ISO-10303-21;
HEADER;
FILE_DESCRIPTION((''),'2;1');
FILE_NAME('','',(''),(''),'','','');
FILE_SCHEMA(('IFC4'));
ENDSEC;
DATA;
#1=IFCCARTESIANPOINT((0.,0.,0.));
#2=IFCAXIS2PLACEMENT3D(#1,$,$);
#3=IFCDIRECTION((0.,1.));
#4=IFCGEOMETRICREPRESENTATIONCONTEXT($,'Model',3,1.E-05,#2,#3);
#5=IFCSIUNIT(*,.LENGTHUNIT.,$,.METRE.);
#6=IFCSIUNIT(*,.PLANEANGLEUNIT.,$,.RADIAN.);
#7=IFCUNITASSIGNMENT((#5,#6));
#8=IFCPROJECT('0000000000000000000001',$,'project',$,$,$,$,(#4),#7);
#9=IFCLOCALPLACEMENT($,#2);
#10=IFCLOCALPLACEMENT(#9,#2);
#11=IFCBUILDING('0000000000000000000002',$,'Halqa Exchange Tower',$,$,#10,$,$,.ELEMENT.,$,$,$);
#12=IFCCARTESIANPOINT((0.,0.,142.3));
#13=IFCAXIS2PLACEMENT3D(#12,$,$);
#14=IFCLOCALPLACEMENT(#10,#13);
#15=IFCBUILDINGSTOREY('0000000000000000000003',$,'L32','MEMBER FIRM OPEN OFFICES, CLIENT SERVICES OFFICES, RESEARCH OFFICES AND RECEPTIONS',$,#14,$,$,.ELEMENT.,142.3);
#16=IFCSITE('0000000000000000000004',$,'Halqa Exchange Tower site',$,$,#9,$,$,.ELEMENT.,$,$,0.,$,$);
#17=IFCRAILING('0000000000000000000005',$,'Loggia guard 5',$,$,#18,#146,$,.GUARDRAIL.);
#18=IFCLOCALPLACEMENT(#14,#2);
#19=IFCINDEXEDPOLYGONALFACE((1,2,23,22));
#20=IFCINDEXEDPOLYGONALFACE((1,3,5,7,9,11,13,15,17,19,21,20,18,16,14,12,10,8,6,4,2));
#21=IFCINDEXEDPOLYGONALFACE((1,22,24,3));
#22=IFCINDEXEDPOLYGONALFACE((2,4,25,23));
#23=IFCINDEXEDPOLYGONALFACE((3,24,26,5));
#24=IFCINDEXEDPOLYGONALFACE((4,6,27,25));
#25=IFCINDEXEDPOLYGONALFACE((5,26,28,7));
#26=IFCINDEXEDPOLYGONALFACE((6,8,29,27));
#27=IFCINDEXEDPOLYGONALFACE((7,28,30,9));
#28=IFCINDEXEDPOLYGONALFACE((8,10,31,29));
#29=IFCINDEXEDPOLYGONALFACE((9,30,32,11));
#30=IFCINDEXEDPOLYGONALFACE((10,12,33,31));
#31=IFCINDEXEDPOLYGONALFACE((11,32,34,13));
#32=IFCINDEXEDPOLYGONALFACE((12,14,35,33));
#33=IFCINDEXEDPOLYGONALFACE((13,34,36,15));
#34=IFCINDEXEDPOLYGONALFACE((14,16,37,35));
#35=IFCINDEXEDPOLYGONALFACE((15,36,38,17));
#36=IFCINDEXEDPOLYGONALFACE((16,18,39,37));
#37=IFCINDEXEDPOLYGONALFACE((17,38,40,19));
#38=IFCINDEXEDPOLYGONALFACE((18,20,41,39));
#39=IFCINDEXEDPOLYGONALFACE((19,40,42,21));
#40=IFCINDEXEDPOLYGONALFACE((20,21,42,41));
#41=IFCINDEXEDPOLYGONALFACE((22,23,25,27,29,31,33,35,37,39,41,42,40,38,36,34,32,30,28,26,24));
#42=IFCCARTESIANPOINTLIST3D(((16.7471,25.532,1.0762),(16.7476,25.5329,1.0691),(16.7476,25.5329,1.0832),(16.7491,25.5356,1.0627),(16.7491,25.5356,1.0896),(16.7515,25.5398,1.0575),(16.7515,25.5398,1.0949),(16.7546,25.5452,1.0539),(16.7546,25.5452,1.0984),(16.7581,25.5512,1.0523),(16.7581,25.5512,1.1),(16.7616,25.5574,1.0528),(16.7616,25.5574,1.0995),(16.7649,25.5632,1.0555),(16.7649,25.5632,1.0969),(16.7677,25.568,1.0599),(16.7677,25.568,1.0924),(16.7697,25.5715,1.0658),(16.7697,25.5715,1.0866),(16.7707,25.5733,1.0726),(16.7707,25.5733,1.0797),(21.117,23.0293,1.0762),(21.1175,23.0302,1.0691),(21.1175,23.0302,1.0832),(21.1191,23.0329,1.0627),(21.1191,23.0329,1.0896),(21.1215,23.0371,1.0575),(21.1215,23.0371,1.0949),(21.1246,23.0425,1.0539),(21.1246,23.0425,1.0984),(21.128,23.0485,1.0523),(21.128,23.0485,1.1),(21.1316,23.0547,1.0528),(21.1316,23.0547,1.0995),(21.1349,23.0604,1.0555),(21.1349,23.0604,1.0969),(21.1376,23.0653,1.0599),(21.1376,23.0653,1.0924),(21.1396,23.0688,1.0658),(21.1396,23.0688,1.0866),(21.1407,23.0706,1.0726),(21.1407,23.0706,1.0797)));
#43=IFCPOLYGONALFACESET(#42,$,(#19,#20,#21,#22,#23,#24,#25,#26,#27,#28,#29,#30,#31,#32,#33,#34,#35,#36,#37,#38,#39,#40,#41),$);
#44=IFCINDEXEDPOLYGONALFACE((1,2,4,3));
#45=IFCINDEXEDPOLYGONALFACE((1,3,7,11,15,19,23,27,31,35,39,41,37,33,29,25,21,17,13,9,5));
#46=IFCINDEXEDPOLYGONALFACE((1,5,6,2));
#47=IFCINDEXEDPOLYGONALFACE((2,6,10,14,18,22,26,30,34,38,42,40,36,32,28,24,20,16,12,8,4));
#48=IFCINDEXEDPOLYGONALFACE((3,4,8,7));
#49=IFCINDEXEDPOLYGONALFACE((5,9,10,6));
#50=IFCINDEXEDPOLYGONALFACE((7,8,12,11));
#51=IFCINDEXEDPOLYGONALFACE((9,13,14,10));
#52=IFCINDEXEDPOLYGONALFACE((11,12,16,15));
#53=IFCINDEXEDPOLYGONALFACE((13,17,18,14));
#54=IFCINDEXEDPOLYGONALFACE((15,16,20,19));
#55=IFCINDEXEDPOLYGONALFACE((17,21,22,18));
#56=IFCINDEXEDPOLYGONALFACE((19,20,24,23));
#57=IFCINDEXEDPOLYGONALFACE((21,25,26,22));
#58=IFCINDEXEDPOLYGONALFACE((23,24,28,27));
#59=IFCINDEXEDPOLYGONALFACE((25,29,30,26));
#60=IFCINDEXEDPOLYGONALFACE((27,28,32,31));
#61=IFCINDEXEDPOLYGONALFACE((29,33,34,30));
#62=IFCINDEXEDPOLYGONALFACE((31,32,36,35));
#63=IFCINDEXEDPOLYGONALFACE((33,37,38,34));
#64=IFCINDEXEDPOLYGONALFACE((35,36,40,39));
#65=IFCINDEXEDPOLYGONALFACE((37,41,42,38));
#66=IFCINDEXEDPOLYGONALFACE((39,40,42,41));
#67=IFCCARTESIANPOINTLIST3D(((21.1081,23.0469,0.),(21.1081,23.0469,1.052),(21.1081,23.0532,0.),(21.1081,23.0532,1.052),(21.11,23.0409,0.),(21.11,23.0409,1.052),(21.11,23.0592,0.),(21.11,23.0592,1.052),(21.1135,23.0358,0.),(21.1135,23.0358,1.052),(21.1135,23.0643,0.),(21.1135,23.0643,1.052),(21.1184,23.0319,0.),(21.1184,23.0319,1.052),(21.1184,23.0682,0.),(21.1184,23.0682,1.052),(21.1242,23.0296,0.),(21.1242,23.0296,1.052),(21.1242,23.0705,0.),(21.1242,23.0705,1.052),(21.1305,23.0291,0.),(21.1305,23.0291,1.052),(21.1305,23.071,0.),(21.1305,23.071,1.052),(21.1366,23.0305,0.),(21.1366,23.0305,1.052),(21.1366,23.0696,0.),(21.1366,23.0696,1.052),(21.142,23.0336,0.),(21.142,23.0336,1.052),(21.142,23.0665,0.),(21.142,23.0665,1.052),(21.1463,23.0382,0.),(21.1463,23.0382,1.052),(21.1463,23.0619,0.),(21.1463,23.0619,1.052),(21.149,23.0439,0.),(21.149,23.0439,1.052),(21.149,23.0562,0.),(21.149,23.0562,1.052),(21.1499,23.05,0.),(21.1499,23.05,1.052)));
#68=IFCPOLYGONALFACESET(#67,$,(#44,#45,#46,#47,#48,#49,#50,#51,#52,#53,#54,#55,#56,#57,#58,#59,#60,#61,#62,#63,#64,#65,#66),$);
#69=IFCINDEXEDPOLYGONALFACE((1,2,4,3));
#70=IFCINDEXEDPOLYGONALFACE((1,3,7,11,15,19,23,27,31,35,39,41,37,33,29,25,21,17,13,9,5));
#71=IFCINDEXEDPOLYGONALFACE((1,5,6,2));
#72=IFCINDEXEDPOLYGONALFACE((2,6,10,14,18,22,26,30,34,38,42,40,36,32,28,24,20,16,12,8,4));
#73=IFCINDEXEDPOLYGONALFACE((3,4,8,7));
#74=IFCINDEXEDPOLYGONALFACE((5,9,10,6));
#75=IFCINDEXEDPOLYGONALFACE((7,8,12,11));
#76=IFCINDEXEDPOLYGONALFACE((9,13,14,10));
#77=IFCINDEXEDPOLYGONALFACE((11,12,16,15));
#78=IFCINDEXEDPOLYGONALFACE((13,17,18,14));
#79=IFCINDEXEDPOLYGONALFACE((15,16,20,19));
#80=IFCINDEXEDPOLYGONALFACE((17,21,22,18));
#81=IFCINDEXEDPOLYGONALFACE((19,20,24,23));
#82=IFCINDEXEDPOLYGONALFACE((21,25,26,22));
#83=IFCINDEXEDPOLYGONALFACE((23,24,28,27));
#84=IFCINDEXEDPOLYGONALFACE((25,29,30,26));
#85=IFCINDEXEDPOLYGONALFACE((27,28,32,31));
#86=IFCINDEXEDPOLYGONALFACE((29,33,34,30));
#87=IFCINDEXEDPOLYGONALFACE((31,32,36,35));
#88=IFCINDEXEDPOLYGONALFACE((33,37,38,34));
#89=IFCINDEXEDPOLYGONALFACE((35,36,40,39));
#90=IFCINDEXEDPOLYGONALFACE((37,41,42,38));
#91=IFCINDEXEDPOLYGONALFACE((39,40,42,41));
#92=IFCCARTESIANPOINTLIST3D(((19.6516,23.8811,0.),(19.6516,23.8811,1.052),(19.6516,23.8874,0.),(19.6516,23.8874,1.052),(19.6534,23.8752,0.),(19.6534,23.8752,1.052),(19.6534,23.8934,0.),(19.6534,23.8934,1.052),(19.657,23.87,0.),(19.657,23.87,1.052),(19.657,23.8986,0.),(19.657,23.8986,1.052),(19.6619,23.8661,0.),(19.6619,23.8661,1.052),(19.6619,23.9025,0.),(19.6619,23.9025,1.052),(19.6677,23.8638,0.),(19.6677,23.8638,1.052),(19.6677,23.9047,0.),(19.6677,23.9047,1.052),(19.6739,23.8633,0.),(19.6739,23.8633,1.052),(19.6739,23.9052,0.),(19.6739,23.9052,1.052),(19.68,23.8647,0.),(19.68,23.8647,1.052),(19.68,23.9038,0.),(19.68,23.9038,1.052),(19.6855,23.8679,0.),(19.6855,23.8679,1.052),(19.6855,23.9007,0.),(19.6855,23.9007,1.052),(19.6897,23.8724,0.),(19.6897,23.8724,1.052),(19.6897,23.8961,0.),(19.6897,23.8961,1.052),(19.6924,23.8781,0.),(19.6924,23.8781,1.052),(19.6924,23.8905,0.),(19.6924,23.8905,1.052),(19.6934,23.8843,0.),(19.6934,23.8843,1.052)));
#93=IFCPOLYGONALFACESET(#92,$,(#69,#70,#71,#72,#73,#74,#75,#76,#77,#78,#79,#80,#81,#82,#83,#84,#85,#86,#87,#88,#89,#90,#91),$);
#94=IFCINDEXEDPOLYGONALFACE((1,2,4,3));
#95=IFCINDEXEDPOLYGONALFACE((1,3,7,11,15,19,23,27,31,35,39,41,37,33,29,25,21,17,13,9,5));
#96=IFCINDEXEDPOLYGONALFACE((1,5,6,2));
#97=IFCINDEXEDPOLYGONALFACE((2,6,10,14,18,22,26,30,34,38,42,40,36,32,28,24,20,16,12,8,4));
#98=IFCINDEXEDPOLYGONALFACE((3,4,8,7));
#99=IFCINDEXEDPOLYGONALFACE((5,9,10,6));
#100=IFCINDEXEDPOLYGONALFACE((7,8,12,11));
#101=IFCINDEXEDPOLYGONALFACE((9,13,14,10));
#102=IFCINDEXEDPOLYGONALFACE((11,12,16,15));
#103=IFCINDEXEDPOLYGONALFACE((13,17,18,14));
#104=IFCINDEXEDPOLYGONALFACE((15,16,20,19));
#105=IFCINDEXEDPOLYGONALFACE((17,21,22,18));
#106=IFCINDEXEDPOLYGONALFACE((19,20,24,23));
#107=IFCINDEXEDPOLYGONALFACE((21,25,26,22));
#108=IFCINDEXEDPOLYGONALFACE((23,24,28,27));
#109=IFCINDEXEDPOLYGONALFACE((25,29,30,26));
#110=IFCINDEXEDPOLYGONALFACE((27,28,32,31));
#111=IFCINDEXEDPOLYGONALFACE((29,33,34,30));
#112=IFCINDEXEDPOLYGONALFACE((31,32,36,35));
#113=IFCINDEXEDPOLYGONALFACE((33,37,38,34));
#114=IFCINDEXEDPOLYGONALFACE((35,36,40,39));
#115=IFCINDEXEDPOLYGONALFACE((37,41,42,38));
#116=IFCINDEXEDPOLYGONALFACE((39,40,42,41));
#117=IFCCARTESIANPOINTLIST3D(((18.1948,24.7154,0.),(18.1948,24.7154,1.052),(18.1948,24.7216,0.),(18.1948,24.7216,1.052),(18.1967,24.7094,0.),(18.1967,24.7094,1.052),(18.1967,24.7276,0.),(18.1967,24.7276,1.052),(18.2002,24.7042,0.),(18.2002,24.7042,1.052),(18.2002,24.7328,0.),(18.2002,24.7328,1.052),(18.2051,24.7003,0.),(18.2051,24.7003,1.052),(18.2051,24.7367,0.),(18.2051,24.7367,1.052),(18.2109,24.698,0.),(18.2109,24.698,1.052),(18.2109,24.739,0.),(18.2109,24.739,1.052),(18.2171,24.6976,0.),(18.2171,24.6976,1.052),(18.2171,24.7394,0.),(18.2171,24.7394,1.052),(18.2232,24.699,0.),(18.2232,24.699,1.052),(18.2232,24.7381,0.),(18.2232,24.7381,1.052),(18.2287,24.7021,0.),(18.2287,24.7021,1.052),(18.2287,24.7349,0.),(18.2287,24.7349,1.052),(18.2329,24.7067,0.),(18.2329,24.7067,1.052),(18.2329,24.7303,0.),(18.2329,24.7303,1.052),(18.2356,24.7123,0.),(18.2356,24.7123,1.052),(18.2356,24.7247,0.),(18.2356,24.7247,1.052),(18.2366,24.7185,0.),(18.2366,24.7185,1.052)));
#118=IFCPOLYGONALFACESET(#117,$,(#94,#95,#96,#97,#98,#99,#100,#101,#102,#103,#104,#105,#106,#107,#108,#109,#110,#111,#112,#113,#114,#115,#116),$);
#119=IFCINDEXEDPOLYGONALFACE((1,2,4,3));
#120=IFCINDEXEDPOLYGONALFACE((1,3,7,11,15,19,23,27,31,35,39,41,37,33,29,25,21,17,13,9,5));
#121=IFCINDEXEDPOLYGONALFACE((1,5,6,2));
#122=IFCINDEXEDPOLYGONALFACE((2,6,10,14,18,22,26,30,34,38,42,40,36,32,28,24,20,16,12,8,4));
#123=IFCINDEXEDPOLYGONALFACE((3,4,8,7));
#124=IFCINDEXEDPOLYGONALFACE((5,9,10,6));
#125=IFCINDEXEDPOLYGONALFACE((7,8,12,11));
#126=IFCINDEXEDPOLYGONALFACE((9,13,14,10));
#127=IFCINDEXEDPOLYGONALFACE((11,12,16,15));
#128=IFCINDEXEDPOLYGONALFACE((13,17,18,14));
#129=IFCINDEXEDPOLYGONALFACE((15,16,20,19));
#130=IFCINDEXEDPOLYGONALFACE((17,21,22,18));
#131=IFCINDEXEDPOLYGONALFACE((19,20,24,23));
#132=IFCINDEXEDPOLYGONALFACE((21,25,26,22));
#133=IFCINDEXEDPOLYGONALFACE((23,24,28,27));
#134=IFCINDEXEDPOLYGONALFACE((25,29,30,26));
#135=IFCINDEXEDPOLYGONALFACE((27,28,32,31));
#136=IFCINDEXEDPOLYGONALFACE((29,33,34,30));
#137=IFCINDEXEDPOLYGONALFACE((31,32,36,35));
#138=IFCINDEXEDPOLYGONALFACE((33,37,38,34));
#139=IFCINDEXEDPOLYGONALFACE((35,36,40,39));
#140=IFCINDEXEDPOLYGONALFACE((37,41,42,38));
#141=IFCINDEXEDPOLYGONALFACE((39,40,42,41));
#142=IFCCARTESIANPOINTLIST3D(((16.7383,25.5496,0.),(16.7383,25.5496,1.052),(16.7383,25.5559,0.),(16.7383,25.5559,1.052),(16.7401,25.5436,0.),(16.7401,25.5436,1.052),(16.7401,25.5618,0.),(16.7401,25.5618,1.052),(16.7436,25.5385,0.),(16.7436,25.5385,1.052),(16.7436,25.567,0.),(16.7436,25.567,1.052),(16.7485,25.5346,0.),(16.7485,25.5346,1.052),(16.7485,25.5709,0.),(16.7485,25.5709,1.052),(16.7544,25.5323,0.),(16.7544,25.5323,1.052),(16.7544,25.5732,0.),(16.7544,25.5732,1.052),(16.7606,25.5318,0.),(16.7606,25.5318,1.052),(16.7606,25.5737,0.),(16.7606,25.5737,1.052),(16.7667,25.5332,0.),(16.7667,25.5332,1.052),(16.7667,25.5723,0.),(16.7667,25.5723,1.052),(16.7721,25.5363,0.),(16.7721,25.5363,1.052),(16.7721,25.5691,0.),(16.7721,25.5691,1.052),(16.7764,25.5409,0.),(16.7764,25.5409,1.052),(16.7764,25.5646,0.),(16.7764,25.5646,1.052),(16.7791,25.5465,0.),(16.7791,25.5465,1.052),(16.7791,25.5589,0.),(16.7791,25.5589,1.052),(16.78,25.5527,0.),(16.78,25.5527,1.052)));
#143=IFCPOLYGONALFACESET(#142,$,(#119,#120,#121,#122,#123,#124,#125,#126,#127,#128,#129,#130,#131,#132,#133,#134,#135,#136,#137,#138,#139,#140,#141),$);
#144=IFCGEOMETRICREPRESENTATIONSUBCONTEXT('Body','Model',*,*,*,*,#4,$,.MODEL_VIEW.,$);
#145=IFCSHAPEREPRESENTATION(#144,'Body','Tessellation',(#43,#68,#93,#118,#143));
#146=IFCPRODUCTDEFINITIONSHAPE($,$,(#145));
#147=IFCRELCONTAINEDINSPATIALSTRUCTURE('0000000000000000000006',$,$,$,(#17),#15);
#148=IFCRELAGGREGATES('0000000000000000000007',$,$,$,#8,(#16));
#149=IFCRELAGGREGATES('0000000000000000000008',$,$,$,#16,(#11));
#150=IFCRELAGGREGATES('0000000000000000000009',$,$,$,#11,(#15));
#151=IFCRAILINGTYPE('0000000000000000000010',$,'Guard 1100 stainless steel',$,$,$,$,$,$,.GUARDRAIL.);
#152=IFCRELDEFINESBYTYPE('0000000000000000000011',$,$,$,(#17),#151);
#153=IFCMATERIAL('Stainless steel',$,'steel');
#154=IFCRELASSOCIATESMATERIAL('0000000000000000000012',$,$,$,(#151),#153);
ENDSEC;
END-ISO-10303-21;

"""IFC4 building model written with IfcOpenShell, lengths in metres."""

from ifc_helpers import new_model, si_unit, direction, frame, origin, origin_2d, place, context, subcontext, project, spatial, circle, extrude, material, type_object, element, save


model = new_model("IFC4")

# Units and contexts
model_context = context("Model", 3, precision=1e-05, world=origin(), true_north=direction((0.0, 1.0)))
body_context = subcontext(model_context, "Body", "Model", "MODEL_VIEW")
ifc_project = project(units=[si_unit("LENGTHUNIT", "METRE"), si_unit("PLANEANGLEUNIT", "RADIAN")], contexts=[model_context])

# Site, building, storey
site_placement = place(None, origin())
site = spatial("IfcSite", under=ifc_project, at=site_placement, Name="Halqa Exchange Tower site", CompositionType="ELEMENT", RefElevation=0.0)
building_placement = place(site_placement, origin())
building = spatial("IfcBuilding", under=site, at=building_placement, Name="Halqa Exchange Tower", CompositionType="ELEMENT")
storey_placement = place(building_placement, frame((0.0, 0.0, 142.3)))
storey = spatial("IfcBuildingStorey", under=building, at=storey_placement, Name="L32", Description="MEMBER FIRM OPEN OFFICES, CLIENT SERVICES OFFICES, RESEARCH OFFICES AND RECEPTIONS", CompositionType="ELEMENT", Elevation=142.3)

# Railing
ifc_material_1 = material(Name="Stainless steel", Category="steel")
railing_type = type_object("IfcRailingType", Name="Guard 1100 stainless steel", PredefinedType="GUARDRAIL", material=ifc_material_1)
railing_1_placement = place(storey_placement, frame((21.1289, 23.05, 0.0)))
element("IfcRailing", 1, at=railing_1_placement, inside=storey, type_object=railing_type, Name="Loggia guard 5", PredefinedType="GUARDRAIL", context=body_context, shape_type="SweptSolid", body=[
    extrude(circle(Radius=0.0239, at=origin_2d()), frame((0.0, 0.0, 1.0762), z_axis=(-0.867762, 0.496979, 0.0), x_axis=(-0.496979, -0.867762, 0.0)), (0.0, 0.0, 1.0), 5.0359),
    extrude(circle(Radius=0.021, at=origin_2d()), origin(), (0.0, 0.0, 1.0), 1.052),
    extrude(circle(Radius=0.021, at=origin_2d()), frame((-1.4565, 0.8342, 0.0)), (0.0, 0.0, 1.0), 1.052),
    extrude(circle(Radius=0.021, at=origin_2d()), frame((-2.9133, 1.6685, 0.0)), (0.0, 0.0, 1.0), 1.052),
    extrude(circle(Radius=0.021, at=origin_2d()), frame((-4.3699, 2.5027, 0.0)), (0.0, 0.0, 1.0), 1.052),
])

save(model, "model.ifc")
